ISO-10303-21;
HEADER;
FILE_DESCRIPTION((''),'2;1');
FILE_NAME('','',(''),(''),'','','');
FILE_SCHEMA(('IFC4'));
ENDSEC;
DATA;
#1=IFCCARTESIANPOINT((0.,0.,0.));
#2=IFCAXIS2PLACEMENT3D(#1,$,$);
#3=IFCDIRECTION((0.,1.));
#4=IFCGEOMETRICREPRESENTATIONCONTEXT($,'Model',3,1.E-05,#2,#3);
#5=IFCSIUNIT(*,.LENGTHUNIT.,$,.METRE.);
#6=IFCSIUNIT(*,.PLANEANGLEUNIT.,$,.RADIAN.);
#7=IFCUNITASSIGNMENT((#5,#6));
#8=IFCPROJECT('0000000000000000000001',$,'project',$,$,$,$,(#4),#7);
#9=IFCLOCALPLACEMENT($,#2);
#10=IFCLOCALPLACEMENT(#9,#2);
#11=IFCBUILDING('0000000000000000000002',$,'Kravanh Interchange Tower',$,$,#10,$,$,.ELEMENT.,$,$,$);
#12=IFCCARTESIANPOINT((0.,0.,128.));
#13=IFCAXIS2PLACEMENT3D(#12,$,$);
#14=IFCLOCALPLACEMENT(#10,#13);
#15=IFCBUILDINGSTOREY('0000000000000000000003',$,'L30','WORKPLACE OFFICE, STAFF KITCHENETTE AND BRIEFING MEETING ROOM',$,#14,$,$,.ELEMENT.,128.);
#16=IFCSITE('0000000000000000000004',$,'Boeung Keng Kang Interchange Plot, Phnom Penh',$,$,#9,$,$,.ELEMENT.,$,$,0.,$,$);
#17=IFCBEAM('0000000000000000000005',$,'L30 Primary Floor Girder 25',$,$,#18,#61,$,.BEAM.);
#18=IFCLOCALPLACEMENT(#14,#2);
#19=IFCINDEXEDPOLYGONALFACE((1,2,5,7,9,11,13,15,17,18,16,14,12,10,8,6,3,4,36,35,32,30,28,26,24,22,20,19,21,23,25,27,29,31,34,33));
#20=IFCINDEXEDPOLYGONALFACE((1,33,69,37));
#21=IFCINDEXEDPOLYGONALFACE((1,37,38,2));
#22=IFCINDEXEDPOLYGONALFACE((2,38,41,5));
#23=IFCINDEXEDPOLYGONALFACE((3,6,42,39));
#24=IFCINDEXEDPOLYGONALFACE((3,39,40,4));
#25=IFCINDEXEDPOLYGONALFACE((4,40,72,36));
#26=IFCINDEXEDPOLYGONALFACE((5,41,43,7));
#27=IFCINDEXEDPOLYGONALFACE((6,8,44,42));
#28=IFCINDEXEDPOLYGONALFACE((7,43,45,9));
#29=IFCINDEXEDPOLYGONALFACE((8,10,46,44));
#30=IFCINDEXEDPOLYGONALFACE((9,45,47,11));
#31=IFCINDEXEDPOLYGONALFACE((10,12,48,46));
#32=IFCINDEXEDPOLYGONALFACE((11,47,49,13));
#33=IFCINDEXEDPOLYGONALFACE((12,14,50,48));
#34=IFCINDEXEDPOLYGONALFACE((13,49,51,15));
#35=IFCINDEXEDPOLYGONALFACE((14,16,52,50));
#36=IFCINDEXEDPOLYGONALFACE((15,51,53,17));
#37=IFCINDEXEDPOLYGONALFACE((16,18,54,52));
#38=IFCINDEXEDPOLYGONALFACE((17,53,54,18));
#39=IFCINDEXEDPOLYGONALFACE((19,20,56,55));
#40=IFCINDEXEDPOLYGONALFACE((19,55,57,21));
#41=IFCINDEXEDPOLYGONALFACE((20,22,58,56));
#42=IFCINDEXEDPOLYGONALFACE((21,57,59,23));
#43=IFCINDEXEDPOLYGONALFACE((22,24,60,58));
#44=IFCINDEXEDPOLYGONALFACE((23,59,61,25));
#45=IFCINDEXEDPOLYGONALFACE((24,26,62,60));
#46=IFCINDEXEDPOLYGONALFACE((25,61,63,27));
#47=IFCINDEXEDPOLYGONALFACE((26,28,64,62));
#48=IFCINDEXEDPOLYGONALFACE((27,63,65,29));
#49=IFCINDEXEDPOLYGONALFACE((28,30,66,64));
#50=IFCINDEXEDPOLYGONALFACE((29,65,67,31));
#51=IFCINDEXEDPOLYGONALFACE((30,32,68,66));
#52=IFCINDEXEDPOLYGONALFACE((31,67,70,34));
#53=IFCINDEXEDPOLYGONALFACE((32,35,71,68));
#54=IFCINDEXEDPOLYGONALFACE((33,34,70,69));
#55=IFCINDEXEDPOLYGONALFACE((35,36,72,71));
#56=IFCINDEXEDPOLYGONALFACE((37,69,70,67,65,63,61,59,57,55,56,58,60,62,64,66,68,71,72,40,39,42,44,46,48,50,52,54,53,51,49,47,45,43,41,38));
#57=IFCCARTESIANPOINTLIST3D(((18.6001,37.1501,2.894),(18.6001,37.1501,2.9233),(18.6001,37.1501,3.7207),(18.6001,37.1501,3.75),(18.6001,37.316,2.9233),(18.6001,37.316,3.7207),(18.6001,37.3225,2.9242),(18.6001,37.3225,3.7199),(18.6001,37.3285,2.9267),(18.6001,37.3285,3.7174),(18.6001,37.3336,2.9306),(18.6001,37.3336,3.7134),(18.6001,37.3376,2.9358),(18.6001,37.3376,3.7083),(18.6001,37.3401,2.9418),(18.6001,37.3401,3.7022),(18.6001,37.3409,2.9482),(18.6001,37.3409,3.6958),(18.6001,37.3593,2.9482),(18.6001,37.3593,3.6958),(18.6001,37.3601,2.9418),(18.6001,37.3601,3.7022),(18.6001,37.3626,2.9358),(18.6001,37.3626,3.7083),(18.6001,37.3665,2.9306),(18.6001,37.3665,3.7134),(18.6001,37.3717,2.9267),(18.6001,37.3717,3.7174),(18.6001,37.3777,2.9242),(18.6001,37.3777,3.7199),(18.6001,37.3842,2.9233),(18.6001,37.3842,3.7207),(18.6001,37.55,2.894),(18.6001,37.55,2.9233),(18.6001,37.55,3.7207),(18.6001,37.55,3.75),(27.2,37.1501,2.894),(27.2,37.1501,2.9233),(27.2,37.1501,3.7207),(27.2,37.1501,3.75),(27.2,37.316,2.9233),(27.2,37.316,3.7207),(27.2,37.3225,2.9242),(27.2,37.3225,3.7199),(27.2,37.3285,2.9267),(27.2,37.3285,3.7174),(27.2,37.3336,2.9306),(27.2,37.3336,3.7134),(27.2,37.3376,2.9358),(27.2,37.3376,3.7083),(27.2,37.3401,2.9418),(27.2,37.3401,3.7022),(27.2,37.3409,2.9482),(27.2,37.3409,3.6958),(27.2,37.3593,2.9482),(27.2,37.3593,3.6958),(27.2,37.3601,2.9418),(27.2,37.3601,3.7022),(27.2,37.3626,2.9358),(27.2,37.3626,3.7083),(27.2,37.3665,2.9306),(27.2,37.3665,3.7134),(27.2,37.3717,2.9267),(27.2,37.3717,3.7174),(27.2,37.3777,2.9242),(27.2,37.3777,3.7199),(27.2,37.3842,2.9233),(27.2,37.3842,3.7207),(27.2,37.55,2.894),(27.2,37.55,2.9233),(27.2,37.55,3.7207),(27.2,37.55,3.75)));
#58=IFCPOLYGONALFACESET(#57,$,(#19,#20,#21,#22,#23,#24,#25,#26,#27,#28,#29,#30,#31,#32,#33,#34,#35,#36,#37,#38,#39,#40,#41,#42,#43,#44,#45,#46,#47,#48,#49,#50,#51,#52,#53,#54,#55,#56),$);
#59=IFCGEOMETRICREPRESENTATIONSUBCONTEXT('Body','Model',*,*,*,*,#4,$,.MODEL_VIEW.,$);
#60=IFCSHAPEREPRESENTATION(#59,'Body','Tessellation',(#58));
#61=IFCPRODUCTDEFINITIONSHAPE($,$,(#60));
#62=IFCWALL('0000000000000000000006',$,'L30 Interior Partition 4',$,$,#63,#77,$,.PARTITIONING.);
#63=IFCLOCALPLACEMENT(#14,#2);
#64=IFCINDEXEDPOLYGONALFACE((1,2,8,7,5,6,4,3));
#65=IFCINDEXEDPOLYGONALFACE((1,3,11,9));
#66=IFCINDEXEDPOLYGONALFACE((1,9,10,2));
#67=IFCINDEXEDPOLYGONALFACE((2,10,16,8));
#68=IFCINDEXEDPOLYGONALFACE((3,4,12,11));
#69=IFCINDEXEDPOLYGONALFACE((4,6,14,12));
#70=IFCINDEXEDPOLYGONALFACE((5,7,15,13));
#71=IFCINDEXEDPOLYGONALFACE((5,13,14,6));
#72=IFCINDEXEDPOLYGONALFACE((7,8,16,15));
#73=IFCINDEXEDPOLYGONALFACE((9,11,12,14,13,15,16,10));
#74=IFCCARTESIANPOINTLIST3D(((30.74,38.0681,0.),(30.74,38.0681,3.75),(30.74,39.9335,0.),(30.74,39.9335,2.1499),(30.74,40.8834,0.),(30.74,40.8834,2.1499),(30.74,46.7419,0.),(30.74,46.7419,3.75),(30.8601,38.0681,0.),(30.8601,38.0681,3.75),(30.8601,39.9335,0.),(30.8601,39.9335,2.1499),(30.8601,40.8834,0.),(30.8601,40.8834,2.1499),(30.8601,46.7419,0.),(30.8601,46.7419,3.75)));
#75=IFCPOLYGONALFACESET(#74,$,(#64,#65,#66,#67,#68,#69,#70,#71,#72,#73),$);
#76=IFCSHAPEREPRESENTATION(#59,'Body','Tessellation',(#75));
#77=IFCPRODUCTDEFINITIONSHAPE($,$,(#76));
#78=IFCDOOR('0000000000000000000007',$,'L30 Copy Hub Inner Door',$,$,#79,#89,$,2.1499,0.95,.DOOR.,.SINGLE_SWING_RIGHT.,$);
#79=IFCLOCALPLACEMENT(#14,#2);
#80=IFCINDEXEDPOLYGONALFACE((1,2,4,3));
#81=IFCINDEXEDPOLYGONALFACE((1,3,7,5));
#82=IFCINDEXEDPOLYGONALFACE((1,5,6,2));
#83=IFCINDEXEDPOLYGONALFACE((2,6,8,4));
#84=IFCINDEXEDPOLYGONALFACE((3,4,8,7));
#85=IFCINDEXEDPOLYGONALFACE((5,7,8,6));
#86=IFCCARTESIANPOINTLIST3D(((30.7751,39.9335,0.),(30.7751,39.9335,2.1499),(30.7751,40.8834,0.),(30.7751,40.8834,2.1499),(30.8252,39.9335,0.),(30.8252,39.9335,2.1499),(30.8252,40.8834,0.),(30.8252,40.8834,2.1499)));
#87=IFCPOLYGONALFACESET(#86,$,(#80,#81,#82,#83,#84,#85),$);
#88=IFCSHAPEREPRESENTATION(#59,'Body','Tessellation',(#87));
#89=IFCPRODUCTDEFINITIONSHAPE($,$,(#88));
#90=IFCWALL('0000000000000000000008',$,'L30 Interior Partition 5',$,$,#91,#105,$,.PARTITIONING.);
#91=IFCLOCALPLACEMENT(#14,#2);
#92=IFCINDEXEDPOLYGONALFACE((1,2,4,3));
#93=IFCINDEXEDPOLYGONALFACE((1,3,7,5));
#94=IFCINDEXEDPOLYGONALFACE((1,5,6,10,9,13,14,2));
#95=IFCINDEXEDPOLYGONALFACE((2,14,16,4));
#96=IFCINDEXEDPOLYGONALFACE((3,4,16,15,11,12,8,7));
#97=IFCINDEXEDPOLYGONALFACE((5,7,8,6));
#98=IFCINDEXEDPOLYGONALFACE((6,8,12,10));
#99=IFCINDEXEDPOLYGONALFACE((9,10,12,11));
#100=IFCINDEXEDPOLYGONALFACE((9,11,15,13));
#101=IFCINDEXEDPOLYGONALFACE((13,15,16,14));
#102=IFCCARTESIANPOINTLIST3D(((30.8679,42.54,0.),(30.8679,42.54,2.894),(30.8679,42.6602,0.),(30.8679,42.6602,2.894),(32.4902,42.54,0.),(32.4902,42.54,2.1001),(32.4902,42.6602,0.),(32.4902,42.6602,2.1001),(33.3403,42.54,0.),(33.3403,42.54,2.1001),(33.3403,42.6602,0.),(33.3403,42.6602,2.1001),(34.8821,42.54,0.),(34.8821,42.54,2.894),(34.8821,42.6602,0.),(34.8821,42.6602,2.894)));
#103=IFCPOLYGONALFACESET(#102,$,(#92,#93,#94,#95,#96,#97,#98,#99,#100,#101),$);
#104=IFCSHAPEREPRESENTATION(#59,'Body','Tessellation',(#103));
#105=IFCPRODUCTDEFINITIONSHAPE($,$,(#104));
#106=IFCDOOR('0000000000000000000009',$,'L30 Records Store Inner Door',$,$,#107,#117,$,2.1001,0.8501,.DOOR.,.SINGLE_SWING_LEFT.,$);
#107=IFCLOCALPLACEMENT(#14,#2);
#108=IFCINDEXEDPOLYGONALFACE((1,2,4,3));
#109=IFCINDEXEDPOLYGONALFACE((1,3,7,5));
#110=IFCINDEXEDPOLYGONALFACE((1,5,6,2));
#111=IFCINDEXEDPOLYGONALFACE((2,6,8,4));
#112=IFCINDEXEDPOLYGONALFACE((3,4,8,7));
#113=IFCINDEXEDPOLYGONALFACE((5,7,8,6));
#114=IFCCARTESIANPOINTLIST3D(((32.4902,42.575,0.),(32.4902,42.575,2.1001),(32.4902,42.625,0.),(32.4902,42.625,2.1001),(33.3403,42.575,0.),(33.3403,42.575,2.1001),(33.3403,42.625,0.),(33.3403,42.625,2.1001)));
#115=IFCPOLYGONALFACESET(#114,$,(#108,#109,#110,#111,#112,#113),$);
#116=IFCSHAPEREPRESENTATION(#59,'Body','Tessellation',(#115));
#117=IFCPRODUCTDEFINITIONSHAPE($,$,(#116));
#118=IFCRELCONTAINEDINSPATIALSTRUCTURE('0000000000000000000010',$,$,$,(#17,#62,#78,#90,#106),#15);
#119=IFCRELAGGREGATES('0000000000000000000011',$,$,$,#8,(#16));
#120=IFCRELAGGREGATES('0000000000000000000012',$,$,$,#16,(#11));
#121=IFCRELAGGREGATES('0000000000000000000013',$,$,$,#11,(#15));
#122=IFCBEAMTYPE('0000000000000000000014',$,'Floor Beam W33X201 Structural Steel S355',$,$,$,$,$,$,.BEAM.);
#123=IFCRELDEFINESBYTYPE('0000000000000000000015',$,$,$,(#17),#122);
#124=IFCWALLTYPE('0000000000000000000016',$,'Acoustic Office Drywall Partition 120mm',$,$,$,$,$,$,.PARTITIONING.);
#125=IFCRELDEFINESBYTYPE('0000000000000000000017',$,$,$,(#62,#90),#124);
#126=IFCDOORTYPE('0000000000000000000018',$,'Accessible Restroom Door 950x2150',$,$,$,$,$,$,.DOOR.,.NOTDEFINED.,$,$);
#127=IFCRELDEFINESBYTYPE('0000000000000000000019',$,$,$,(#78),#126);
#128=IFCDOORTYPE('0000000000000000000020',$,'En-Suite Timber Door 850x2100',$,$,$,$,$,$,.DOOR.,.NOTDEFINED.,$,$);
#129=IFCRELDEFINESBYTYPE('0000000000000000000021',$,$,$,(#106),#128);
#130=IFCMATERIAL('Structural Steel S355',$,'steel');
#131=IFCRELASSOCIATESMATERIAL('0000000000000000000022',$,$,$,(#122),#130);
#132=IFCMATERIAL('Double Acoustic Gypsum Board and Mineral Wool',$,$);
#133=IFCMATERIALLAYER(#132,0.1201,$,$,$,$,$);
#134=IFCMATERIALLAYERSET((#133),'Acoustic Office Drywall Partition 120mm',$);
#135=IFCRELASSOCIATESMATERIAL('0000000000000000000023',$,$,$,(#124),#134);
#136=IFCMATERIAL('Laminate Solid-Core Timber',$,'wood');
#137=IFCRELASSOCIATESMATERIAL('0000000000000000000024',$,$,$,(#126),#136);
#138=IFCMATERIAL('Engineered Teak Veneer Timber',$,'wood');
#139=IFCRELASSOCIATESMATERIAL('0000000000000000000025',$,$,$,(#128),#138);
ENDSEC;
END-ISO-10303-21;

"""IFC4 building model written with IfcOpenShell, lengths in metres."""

from ifc_helpers import new_model, si_unit, direction, frame, frame_2d, origin, origin_2d, place, context, subcontext, project, spatial, rectangle, i_section, extrude, material, layer, layer_set, material_profile, profile_set, type_object, element, fill, save


model = new_model("IFC4")

# Units and contexts
model_context = context("Model", 3, precision=1e-05, world=origin(), true_north=direction((0.0, 1.0)))
body_context = subcontext(model_context, "Body", "Model", "MODEL_VIEW")
ifc_project = project(units=[si_unit("LENGTHUNIT", "METRE"), si_unit("PLANEANGLEUNIT", "RADIAN")], contexts=[model_context])

# Site, building, storey
site_placement = place(None, origin())
site = spatial("IfcSite", under=ifc_project, at=site_placement, Name="Boeung Keng Kang Interchange Plot, Phnom Penh", CompositionType="ELEMENT", RefElevation=0.0)
building_placement = place(site_placement, origin())
building = spatial("IfcBuilding", under=site, at=building_placement, Name="Kravanh Interchange Tower", CompositionType="ELEMENT")
storey_placement = place(building_placement, frame((0.0, 0.0, 128.0)))
storey = spatial("IfcBuildingStorey", under=building, at=storey_placement, Name="L30", Description="WORKPLACE OFFICE, STAFF KITCHENETTE AND BRIEFING MEETING ROOM", CompositionType="ELEMENT", Elevation=128.0)

# Beam
ifc_material_1 = material(Name="Structural Steel S355", Category="steel")
ifc_material_profile_1 = material_profile(ifc_material_1, i_section(OverallWidth=0.3999, OverallDepth=0.856, WebThickness=0.0183, FlangeThickness=0.0293, FilletRadius=0.0249, at=origin_2d()), Name="W33X201")
ifc_profile_set_1 = profile_set([ifc_material_profile_1], Name="Structural Steel S355")
beam_type = type_object("IfcBeamType", Name="Floor Beam W33X201 Structural Steel S355", PredefinedType="BEAM", material=ifc_profile_set_1)
beam_1_placement = place(storey_placement, frame((27.2, 37.3501, 3.322), z_axis=(-1.0, 0.0, 0.0), x_axis=(0.0, -1.0, 0.0)))
element("IfcBeam", 1, at=beam_1_placement, inside=storey, type_object=beam_type, Name="L30 Primary Floor Girder 25", PredefinedType="BEAM", context=body_context, shape_type="SweptSolid", body=[
    extrude(i_section(OverallWidth=0.3999, OverallDepth=0.856, WebThickness=0.0183, FlangeThickness=0.0293, FilletRadius=0.0249, at=origin_2d()), origin(), (0.0, 0.0, 1.0), 8.5999),
])

# Walls, openings, doors
ifc_material_2 = material(Name="Double Acoustic Gypsum Board and Mineral Wool")
ifc_layer_1 = layer(ifc_material_2, 0.1201)
ifc_layer_set_1 = layer_set([ifc_layer_1], Name="Acoustic Office Drywall Partition 120mm")
wall_type_1 = type_object("IfcWallType", Name="Acoustic Office Drywall Partition 120mm", PredefinedType="PARTITIONING", material=ifc_layer_set_1)
wall_1_placement = place(storey_placement, frame((30.8, 38.0681, 0.0), z_axis=(0.0, 0.0, 1.0), x_axis=(0.0, 1.0, 0.0)))
wall_1 = element("IfcWall", 2, at=wall_1_placement, inside=storey, type_object=wall_type_1, Name="L30 Interior Partition 4", PredefinedType="PARTITIONING", context=body_context, shape_type="SweptSolid", body=[
    extrude(rectangle(XDim=8.6738, YDim=0.1201, at=frame_2d((4.3369, 0.0))), origin(), (0.0, 0.0, 1.0), 3.75),
])
opening_1_placement = place(wall_1_placement, frame((1.8652, 0.0, 0.0)))
opening_1 = element("IfcOpeningElement", 3, at=opening_1_placement, cuts=wall_1, PredefinedType="OPENING", context=body_context, shape_type="SweptSolid", body=[
    extrude(rectangle(XDim=0.95, YDim=2.1499, at=frame_2d((0.4751, 1.075))), frame((0.0, 0.0701, 0.0), z_axis=(0.0, -1.0, 0.0), x_axis=(1.0, 0.0, 0.0)), (0.0, 0.0, 1.0), 0.1401),
])
ifc_material_3 = material(Name="Laminate Solid-Core Timber", Category="wood")
door_type_1 = type_object("IfcDoorType", Name="Accessible Restroom Door 950x2150", OperationType="NOTDEFINED", PredefinedType="DOOR", material=ifc_material_3)
door_1_placement = place(opening_1_placement, origin())
door_1 = element("IfcDoor", 4, at=door_1_placement, inside=storey, type_object=door_type_1, Name="L30 Copy Hub Inner Door", OperationType="SINGLE_SWING_RIGHT", OverallHeight=2.1499, OverallWidth=0.95, PredefinedType="DOOR", context=body_context, shape_type="SweptSolid", body=[
    extrude(rectangle(XDim=0.95, YDim=2.1499, at=frame_2d((0.4751, 1.075))), frame((0.0, 0.0249, 0.0), z_axis=(0.0, -1.0, 0.0), x_axis=(1.0, 0.0, 0.0)), (0.0, 0.0, 1.0), 0.05),
])
fill(opening_1, door_1)
wall_2_placement = place(storey_placement, frame((30.8679, 42.6001, 0.0), z_axis=(0.0, 0.0, 1.0), x_axis=(1.0, 0.0, 0.0)))
wall_2 = element("IfcWall", 5, at=wall_2_placement, inside=storey, type_object=wall_type_1, Name="L30 Interior Partition 5", PredefinedType="PARTITIONING", context=body_context, shape_type="SweptSolid", body=[
    extrude(rectangle(XDim=4.0142, YDim=0.1201, at=frame_2d((2.0071, 0.0))), origin(), (0.0, 0.0, 1.0), 2.894),
])
opening_2_placement = place(wall_2_placement, frame((1.6223, 0.0, 0.0)))
opening_2 = element("IfcOpeningElement", 6, at=opening_2_placement, cuts=wall_2, PredefinedType="OPENING", context=body_context, shape_type="SweptSolid", body=[
    extrude(rectangle(XDim=0.8501, YDim=2.1001, at=frame_2d((0.425, 1.05))), frame((0.0, 0.0701, 0.0), z_axis=(0.0, -1.0, 0.0), x_axis=(1.0, 0.0, 0.0)), (0.0, 0.0, 1.0), 0.1401),
])
ifc_material_4 = material(Name="Engineered Teak Veneer Timber", Category="wood")
door_type_2 = type_object("IfcDoorType", Name="En-Suite Timber Door 850x2100", OperationType="NOTDEFINED", PredefinedType="DOOR", material=ifc_material_4)
door_2_placement = place(opening_2_placement, origin())
door_2 = element("IfcDoor", 7, at=door_2_placement, inside=storey, type_object=door_type_2, Name="L30 Records Store Inner Door", OperationType="SINGLE_SWING_LEFT", OverallHeight=2.1001, OverallWidth=0.8501, PredefinedType="DOOR", context=body_context, shape_type="SweptSolid", body=[
    extrude(rectangle(XDim=0.8501, YDim=2.1001, at=frame_2d((0.425, 1.05))), frame((0.0, 0.0249, 0.0), z_axis=(0.0, -1.0, 0.0), x_axis=(1.0, 0.0, 0.0)), (0.0, 0.0, 1.0), 0.05),
])
fill(opening_2, door_2)

save(model, "model.ifc")
